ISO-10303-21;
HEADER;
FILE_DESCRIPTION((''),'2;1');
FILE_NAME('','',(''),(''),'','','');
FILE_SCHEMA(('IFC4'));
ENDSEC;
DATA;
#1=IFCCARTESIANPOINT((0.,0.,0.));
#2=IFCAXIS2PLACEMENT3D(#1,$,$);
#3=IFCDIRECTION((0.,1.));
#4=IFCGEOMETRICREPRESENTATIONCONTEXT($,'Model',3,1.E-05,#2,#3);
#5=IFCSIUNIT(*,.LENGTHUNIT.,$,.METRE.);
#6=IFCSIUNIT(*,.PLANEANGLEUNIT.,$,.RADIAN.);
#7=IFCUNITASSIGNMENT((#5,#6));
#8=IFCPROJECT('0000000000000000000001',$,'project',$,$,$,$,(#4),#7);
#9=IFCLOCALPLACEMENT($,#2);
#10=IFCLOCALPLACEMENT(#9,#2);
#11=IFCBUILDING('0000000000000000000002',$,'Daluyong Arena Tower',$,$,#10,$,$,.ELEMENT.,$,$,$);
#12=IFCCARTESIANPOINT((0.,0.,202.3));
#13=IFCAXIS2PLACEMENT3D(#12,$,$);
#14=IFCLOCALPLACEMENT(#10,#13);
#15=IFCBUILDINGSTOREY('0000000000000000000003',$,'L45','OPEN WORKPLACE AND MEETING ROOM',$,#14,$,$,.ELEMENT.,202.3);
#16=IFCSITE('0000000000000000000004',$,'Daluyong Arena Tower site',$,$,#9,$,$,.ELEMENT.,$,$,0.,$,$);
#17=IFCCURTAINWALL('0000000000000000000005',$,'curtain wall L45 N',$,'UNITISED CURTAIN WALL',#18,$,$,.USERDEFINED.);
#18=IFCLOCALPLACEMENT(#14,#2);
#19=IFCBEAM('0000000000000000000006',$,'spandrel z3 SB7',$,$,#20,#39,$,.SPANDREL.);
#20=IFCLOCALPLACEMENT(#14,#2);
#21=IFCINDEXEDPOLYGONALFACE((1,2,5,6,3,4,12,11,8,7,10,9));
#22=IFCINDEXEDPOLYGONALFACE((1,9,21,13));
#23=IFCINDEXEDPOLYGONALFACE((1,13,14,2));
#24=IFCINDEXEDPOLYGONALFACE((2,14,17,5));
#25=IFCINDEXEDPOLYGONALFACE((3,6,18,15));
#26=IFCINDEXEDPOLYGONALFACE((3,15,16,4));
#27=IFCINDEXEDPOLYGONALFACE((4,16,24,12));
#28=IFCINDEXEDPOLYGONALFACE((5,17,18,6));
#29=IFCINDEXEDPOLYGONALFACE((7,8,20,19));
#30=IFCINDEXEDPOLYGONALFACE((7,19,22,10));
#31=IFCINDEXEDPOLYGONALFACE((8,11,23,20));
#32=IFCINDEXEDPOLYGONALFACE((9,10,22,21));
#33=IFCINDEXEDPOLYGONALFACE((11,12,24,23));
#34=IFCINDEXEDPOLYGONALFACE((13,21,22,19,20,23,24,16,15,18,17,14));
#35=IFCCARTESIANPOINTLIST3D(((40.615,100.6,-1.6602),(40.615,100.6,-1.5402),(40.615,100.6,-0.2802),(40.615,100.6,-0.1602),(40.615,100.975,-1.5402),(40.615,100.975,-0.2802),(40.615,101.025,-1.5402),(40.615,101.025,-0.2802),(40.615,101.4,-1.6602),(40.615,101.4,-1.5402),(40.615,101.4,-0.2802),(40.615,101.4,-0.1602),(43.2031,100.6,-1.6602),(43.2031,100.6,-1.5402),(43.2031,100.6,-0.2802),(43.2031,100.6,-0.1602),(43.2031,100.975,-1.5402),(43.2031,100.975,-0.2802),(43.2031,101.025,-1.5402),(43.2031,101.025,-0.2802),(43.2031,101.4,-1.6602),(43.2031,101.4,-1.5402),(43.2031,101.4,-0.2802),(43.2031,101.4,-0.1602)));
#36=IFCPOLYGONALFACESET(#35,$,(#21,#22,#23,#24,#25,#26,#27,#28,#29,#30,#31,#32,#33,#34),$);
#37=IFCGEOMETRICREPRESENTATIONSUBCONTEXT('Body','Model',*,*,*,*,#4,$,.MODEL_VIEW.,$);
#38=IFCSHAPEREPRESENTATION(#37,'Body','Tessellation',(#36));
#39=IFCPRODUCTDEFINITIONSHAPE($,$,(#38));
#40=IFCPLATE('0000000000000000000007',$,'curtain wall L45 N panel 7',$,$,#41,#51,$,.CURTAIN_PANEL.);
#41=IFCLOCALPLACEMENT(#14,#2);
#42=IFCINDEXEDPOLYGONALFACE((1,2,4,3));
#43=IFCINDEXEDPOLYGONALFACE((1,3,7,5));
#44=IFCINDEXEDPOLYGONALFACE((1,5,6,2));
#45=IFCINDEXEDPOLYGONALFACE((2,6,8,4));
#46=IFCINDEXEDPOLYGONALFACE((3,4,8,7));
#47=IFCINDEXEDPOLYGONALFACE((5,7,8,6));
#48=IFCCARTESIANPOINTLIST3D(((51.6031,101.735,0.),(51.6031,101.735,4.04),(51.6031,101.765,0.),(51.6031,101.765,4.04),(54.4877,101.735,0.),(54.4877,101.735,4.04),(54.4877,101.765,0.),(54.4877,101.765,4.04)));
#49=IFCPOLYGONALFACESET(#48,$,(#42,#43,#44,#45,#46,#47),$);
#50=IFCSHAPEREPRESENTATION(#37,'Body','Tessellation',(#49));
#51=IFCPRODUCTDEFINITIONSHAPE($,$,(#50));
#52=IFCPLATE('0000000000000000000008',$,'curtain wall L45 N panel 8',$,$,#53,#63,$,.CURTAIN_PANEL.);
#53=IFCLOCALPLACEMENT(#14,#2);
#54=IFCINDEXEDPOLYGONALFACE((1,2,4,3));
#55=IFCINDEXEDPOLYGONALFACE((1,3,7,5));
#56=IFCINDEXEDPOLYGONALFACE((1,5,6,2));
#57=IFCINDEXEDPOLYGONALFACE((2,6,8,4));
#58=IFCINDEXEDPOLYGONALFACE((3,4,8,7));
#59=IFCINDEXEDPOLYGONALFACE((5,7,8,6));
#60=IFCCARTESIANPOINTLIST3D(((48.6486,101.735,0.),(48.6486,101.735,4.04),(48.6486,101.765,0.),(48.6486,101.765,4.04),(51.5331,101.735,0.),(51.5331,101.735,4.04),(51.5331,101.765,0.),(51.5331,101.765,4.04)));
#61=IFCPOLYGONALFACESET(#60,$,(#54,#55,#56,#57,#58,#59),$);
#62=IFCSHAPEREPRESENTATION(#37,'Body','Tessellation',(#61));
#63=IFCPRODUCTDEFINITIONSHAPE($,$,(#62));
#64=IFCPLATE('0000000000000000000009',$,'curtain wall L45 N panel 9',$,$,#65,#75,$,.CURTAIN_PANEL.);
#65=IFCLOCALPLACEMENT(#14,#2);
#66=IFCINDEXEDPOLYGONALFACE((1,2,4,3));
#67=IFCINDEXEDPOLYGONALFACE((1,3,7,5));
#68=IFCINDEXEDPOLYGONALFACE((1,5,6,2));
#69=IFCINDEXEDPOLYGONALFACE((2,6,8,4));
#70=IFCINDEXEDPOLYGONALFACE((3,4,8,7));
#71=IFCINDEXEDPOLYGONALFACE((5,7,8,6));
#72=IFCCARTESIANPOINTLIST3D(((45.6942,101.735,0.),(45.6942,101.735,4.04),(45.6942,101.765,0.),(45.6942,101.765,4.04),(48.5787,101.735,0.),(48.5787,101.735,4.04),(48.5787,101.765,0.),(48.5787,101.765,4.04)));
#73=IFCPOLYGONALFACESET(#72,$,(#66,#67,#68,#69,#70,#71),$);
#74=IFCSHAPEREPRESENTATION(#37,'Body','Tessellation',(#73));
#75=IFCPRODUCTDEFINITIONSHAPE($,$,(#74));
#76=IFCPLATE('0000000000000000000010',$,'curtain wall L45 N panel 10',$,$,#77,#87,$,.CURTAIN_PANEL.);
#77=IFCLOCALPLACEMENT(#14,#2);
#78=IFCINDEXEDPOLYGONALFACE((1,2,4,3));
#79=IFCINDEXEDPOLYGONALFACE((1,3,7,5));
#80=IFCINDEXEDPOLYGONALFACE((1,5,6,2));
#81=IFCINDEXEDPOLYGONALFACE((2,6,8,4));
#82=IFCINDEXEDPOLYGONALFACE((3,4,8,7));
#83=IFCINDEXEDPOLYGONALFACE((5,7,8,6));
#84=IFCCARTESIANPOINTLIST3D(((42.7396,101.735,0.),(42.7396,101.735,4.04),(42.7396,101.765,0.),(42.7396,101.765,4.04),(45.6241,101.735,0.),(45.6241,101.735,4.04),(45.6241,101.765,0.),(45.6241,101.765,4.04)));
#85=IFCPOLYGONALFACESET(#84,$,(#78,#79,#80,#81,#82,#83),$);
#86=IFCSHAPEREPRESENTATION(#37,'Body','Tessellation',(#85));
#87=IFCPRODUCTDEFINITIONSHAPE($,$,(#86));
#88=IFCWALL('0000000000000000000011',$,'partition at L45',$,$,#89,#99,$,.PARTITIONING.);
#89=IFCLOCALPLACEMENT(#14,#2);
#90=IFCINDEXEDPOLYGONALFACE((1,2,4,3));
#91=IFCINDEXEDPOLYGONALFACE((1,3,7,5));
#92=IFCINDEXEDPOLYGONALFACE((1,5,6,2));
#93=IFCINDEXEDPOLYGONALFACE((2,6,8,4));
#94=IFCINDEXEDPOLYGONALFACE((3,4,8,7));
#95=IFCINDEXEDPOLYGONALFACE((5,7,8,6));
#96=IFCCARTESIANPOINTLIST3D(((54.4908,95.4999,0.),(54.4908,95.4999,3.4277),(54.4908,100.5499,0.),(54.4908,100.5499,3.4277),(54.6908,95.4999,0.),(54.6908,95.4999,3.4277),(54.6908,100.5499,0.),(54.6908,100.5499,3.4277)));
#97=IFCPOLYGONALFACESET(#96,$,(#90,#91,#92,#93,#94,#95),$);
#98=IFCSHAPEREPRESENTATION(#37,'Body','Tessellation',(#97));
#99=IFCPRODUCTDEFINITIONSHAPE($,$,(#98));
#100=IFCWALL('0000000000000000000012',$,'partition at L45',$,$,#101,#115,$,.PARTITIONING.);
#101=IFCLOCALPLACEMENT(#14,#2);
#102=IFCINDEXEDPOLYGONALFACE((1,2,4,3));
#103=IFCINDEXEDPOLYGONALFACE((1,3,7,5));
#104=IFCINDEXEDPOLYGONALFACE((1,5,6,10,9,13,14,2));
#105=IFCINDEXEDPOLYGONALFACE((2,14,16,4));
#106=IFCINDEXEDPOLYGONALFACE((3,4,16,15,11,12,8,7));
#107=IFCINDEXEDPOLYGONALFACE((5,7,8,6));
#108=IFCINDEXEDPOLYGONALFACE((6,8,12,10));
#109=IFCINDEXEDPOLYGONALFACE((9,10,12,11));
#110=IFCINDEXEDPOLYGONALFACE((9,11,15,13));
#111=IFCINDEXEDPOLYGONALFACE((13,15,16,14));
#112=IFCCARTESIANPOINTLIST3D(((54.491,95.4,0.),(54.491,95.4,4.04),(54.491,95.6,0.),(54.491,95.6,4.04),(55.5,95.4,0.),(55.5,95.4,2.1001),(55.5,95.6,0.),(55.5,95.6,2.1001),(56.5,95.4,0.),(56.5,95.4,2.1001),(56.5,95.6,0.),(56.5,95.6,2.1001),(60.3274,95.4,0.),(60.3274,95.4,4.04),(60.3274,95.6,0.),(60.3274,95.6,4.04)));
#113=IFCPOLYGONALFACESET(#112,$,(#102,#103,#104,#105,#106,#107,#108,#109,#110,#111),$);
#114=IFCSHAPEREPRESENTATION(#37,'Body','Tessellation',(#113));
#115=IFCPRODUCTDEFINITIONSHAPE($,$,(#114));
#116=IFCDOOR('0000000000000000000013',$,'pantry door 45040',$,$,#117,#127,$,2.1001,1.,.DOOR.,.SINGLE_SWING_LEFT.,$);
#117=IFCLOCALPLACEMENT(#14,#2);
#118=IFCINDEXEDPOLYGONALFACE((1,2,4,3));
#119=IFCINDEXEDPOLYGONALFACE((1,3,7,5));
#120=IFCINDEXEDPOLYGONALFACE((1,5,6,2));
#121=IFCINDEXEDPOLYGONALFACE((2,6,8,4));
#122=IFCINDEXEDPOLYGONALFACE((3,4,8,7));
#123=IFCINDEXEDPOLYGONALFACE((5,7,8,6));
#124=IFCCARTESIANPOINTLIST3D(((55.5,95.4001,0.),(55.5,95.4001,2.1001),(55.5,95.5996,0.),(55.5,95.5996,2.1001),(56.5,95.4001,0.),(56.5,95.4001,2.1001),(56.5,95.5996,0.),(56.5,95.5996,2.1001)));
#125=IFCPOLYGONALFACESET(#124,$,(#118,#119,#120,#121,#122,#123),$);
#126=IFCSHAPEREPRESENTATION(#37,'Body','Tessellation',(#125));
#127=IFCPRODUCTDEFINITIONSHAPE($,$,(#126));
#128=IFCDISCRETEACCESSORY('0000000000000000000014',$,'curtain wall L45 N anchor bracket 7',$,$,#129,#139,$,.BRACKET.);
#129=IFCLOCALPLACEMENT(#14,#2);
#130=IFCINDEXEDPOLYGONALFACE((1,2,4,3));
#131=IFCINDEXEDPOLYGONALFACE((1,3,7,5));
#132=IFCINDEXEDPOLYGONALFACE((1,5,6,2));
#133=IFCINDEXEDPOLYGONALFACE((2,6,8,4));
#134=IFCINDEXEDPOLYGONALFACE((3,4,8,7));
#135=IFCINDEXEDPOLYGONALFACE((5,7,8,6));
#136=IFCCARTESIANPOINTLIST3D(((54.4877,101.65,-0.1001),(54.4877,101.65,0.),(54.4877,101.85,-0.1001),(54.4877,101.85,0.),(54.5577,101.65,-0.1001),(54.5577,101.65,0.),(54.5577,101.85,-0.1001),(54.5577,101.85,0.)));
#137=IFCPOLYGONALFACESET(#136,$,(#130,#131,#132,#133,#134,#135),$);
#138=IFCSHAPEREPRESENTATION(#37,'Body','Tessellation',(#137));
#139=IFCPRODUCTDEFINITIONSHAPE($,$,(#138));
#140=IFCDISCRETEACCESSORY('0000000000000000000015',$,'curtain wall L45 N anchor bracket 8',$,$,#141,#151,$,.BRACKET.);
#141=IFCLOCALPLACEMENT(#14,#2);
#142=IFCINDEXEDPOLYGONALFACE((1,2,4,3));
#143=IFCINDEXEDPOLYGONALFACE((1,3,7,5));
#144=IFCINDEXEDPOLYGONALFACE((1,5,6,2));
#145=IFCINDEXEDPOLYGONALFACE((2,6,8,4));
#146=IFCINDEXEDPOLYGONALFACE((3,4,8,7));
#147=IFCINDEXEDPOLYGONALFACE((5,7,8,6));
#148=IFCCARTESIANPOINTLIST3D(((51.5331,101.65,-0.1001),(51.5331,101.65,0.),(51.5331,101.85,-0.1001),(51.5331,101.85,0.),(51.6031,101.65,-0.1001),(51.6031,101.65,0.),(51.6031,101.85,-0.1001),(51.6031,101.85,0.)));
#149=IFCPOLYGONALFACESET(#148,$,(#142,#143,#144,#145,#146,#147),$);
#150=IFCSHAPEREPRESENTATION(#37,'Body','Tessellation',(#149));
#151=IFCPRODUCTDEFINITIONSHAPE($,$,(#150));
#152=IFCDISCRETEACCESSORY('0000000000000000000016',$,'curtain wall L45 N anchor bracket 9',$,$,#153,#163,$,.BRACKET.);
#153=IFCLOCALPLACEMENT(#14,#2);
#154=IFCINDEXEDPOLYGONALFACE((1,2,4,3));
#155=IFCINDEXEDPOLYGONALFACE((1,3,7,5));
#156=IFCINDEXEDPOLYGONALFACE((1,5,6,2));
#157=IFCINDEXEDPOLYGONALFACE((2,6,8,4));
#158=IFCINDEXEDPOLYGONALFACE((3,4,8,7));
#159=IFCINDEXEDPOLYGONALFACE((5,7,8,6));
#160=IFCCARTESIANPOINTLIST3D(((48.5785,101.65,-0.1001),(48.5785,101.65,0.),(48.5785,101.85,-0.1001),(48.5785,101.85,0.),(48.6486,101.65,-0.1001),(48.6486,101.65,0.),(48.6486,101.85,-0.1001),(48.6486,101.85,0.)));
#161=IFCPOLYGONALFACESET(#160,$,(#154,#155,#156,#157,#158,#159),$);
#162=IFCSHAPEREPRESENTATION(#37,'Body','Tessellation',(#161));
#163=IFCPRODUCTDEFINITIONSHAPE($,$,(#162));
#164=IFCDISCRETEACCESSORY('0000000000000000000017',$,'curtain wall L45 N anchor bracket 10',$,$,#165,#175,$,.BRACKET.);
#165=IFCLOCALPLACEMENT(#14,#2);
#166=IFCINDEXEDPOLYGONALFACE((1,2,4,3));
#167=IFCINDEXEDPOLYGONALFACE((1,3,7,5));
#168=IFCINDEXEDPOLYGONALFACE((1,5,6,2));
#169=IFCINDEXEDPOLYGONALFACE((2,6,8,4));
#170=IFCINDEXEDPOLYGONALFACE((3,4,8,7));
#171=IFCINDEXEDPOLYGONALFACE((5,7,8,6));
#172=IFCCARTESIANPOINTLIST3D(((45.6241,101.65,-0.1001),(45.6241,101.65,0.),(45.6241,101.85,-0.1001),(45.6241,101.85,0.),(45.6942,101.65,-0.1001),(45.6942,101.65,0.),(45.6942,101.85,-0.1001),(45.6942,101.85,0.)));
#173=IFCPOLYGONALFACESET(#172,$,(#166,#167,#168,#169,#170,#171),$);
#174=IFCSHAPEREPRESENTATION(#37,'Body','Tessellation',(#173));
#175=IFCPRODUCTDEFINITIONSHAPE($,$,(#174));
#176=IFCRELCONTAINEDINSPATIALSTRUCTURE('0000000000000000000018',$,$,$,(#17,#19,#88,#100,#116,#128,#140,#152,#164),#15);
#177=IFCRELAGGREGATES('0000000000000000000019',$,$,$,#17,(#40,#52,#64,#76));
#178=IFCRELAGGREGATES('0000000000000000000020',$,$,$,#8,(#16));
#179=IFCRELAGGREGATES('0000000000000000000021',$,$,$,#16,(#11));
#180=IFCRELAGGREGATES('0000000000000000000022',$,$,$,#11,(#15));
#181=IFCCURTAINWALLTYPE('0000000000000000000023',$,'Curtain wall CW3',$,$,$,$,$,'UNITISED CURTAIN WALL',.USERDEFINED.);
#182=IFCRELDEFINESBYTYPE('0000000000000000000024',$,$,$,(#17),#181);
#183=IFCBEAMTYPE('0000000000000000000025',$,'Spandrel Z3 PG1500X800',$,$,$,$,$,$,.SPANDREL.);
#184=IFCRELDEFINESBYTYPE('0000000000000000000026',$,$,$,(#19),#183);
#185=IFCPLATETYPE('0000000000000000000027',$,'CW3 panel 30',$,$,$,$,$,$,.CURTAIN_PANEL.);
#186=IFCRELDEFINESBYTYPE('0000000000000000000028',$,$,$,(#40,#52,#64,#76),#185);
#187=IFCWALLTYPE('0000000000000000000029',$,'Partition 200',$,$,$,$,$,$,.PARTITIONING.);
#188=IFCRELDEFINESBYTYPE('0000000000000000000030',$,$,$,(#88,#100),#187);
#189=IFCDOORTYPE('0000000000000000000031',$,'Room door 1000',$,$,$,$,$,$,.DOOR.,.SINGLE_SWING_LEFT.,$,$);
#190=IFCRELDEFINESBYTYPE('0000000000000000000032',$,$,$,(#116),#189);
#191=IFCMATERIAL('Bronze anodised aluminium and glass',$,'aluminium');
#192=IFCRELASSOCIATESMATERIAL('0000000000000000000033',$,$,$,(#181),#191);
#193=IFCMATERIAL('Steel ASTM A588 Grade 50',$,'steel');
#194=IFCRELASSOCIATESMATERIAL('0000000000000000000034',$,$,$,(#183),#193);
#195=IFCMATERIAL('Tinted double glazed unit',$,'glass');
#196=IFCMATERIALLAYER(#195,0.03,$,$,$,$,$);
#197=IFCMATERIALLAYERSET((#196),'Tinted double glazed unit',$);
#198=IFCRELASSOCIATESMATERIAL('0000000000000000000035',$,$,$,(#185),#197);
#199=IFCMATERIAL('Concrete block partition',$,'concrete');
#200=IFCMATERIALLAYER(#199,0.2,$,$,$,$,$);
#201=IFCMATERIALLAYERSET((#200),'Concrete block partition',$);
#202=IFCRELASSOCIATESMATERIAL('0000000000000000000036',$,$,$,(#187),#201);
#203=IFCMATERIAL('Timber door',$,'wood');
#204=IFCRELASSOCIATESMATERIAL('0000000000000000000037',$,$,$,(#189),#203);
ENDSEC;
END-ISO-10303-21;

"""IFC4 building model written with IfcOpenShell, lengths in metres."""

from ifc_helpers import new_model, si_unit, direction, frame, frame_2d, origin, origin_2d, place, context, subcontext, project, spatial, rectangle, i_section, extrude, material, layer, layer_set, material_profile, profile_set, type_object, element, fill, aggregate, save


model = new_model("IFC4")

# Units and contexts
model_context = context("Model", 3, precision=1e-05, world=origin(), true_north=direction((0.0, 1.0)))
body_context = subcontext(model_context, "Body", "Model", "MODEL_VIEW")
ifc_project = project(units=[si_unit("LENGTHUNIT", "METRE"), si_unit("PLANEANGLEUNIT", "RADIAN")], contexts=[model_context])

# Site, building, storey
site_placement = place(None, origin())
site = spatial("IfcSite", under=ifc_project, at=site_placement, Name="Daluyong Arena Tower site", CompositionType="ELEMENT", RefElevation=0.0)
building_placement = place(site_placement, origin())
building = spatial("IfcBuilding", under=site, at=building_placement, Name="Daluyong Arena Tower", CompositionType="ELEMENT")
storey_placement = place(building_placement, frame((0.0, 0.0, 202.3)))
storey = spatial("IfcBuildingStorey", under=building, at=storey_placement, Name="L45", Description="OPEN WORKPLACE AND MEETING ROOM", CompositionType="ELEMENT", Elevation=202.3)

# Curtain wall
ifc_material_1 = material(Name="Bronze anodised aluminium and glass", Category="aluminium")
curtain_wall_type = type_object("IfcCurtainWallType", Name="Curtain wall CW3", ElementType="UNITISED CURTAIN WALL", PredefinedType="USERDEFINED", material=ifc_material_1)
curtain_wall_placement = place(storey_placement, origin())
curtain_wall = element("IfcCurtainWall", 1, at=curtain_wall_placement, inside=storey, type_object=curtain_wall_type, Name="curtain wall L45 N", ObjectType="UNITISED CURTAIN WALL", PredefinedType="USERDEFINED")

# Beam
ifc_material_2 = material(Name="Steel ASTM A588 Grade 50", Category="steel")
ifc_material_profile_1 = material_profile(ifc_material_2, i_section(OverallWidth=0.8, OverallDepth=1.5, WebThickness=0.05, FlangeThickness=0.12, at=origin_2d()))
ifc_profile_set_1 = profile_set([ifc_material_profile_1], Name="Steel ASTM A588 Grade 50")
beam_type_1 = type_object("IfcBeamType", Name="Spandrel Z3 PG1500X800", PredefinedType="SPANDREL", material=ifc_profile_set_1)
beam_1_placement = place(storey_placement, frame((43.2031, 101.0, -0.9102), z_axis=(-1.0, 0.0, 0.0), x_axis=(0.0, -1.0, 0.0)))
element("IfcBeam", 2, at=beam_1_placement, inside=storey, type_object=beam_type_1, Name="spandrel z3 SB7", PredefinedType="SPANDREL", context=body_context, shape_type="SweptSolid", body=[
    extrude(i_section(OverallWidth=0.8, OverallDepth=1.5, WebThickness=0.05, FlangeThickness=0.12, at=origin_2d()), origin(), (0.0, 0.0, 1.0), 2.5881),
])

# Plates
ifc_material_3 = material(Name="Tinted double glazed unit", Category="glass")
ifc_layer_1 = layer(ifc_material_3, 0.03)
ifc_layer_set_1 = layer_set([ifc_layer_1], Name="Tinted double glazed unit")
plate_type = type_object("IfcPlateType", Name="CW3 panel 30", PredefinedType="CURTAIN_PANEL", material=ifc_layer_set_1)
plate_1_placement = place(storey_placement, frame((53.0454, 101.75, 0.0), z_axis=(0.0, 0.0, 1.0), x_axis=(-1.0, 0.0, 0.0)))
plate_1 = element("IfcPlate", 3, at=plate_1_placement, type_object=plate_type, Name="curtain wall L45 N panel 7", PredefinedType="CURTAIN_PANEL", context=body_context, shape_type="SweptSolid", body=[
    extrude(rectangle(XDim=2.8845, YDim=0.03, at=origin_2d()), origin(), (0.0, 0.0, 1.0), 4.04),
])
plate_2_placement = place(storey_placement, frame((50.0908, 101.75, 0.0), z_axis=(0.0, 0.0, 1.0), x_axis=(-1.0, 0.0, 0.0)))
plate_2 = element("IfcPlate", 4, at=plate_2_placement, type_object=plate_type, Name="curtain wall L45 N panel 8", PredefinedType="CURTAIN_PANEL", context=body_context, shape_type="SweptSolid", body=[
    extrude(rectangle(XDim=2.8845, YDim=0.03, at=origin_2d()), origin(), (0.0, 0.0, 1.0), 4.04),
])
plate_3_placement = place(storey_placement, frame((47.1365, 101.75, 0.0), z_axis=(0.0, 0.0, 1.0), x_axis=(-1.0, 0.0, 0.0)))
plate_3 = element("IfcPlate", 5, at=plate_3_placement, type_object=plate_type, Name="curtain wall L45 N panel 9", PredefinedType="CURTAIN_PANEL", context=body_context, shape_type="SweptSolid", body=[
    extrude(rectangle(XDim=2.8845, YDim=0.03, at=origin_2d()), origin(), (0.0, 0.0, 1.0), 4.04),
])
plate_4_placement = place(storey_placement, frame((44.1819, 101.75, 0.0), z_axis=(0.0, 0.0, 1.0), x_axis=(-1.0, 0.0, 0.0)))
plate_4 = element("IfcPlate", 6, at=plate_4_placement, type_object=plate_type, Name="curtain wall L45 N panel 10", PredefinedType="CURTAIN_PANEL", context=body_context, shape_type="SweptSolid", body=[
    extrude(rectangle(XDim=2.8845, YDim=0.03, at=origin_2d()), origin(), (0.0, 0.0, 1.0), 4.04),
])
aggregate(curtain_wall, [plate_1, plate_2, plate_3, plate_4])

# Wall
ifc_material_4 = material(Name="Concrete block partition", Category="concrete")
ifc_layer_2 = layer(ifc_material_4, 0.2)
ifc_layer_set_2 = layer_set([ifc_layer_2], Name="Concrete block partition")
wall_type = type_object("IfcWallType", Name="Partition 200", PredefinedType="PARTITIONING", material=ifc_layer_set_2)
wall_1_placement = place(storey_placement, frame((54.5908, 95.5, 0.0), z_axis=(0.0, 0.0, 1.0), x_axis=(0.0, 1.0, 0.0)))
element("IfcWall", 7, at=wall_1_placement, inside=storey, type_object=wall_type, Name="partition at L45", PredefinedType="PARTITIONING", context=body_context, shape_type="SweptSolid", body=[
    extrude(rectangle(XDim=5.05, YDim=0.2, at=frame_2d((2.5249, 0.0))), origin(), (0.0, 0.0, 1.0), 3.4277),
])

# Wall, opening, door
wall_2_placement = place(storey_placement, frame((54.491, 95.5, 0.0), z_axis=(0.0, 0.0, 1.0), x_axis=(1.0, 0.0, 0.0)))
wall_2 = element("IfcWall", 8, at=wall_2_placement, inside=storey, type_object=wall_type, Name="partition at L45", PredefinedType="PARTITIONING", context=body_context, shape_type="SweptSolid", body=[
    extrude(rectangle(XDim=5.8364, YDim=0.2, at=frame_2d((2.9182, 0.0))), origin(), (0.0, 0.0, 1.0), 4.04),
])
opening_placement = place(wall_2_placement, frame((1.009, 0.0, 0.0)))
opening = element("IfcOpeningElement", 9, at=opening_placement, cuts=wall_2, PredefinedType="OPENING", context=body_context, shape_type="SweptSolid", body=[
    extrude(rectangle(XDim=1.0, YDim=2.1001, at=frame_2d((0.5, 1.05))), frame((0.0, 0.1099, 0.0), z_axis=(0.0, -1.0, 0.0), x_axis=(1.0, 0.0, 0.0)), (0.0, 0.0, 1.0), 0.22),
])
ifc_material_5 = material(Name="Timber door", Category="wood")
door_type = type_object("IfcDoorType", Name="Room door 1000", OperationType="SINGLE_SWING_LEFT", PredefinedType="DOOR", material=ifc_material_5)
door_placement = place(opening_placement, origin())
door = element("IfcDoor", 10, at=door_placement, inside=storey, type_object=door_type, Name="pantry door 45040", OperationType="SINGLE_SWING_LEFT", OverallHeight=2.1001, OverallWidth=1.0, PredefinedType="DOOR", context=body_context, shape_type="SweptSolid", body=[
    extrude(rectangle(XDim=1.0, YDim=2.1001, at=frame_2d((0.5, 1.05))), frame((0.0, 0.0996, 0.0), z_axis=(0.0, -1.0, 0.0), x_axis=(1.0, 0.0, 0.0)), (0.0, 0.0, 1.0), 0.1995),
])
fill(opening, door)

# Discrete accessories
for number, where, z_axis, x_axis, name in (
    (11, (54.5227, 101.75, -0.1001), (0.0, 0.0, 1.0), (-1.0, 0.0, 0.0), "curtain wall L45 N anchor bracket 7"),
    (12, (51.5681, 101.75, -0.1001), (0.0, 0.0, 1.0), (-1.0, 0.0, 0.0), "curtain wall L45 N anchor bracket 8"),
    (13, (48.6135, 101.75, -0.1001), (0.0, 0.0, 1.0), (-1.0, 0.0, 0.0), "curtain wall L45 N anchor bracket 9"),
    (14, (45.6592, 101.75, -0.1001), (0.0, 0.0, 1.0), (-1.0, 0.0, 0.0), "curtain wall L45 N anchor bracket 10"),
):
    element("IfcDiscreteAccessory", number, at=place(storey_placement, frame(where, z_axis=z_axis, x_axis=x_axis)), inside=storey, Name=name, PredefinedType="BRACKET", context=body_context, shape_type="SweptSolid", body=[
        extrude(rectangle(XDim=0.0701, YDim=0.2, at=origin_2d()), origin(), (0.0, 0.0, 1.0), 0.1001),
    ])

save(model, "model.ifc")
